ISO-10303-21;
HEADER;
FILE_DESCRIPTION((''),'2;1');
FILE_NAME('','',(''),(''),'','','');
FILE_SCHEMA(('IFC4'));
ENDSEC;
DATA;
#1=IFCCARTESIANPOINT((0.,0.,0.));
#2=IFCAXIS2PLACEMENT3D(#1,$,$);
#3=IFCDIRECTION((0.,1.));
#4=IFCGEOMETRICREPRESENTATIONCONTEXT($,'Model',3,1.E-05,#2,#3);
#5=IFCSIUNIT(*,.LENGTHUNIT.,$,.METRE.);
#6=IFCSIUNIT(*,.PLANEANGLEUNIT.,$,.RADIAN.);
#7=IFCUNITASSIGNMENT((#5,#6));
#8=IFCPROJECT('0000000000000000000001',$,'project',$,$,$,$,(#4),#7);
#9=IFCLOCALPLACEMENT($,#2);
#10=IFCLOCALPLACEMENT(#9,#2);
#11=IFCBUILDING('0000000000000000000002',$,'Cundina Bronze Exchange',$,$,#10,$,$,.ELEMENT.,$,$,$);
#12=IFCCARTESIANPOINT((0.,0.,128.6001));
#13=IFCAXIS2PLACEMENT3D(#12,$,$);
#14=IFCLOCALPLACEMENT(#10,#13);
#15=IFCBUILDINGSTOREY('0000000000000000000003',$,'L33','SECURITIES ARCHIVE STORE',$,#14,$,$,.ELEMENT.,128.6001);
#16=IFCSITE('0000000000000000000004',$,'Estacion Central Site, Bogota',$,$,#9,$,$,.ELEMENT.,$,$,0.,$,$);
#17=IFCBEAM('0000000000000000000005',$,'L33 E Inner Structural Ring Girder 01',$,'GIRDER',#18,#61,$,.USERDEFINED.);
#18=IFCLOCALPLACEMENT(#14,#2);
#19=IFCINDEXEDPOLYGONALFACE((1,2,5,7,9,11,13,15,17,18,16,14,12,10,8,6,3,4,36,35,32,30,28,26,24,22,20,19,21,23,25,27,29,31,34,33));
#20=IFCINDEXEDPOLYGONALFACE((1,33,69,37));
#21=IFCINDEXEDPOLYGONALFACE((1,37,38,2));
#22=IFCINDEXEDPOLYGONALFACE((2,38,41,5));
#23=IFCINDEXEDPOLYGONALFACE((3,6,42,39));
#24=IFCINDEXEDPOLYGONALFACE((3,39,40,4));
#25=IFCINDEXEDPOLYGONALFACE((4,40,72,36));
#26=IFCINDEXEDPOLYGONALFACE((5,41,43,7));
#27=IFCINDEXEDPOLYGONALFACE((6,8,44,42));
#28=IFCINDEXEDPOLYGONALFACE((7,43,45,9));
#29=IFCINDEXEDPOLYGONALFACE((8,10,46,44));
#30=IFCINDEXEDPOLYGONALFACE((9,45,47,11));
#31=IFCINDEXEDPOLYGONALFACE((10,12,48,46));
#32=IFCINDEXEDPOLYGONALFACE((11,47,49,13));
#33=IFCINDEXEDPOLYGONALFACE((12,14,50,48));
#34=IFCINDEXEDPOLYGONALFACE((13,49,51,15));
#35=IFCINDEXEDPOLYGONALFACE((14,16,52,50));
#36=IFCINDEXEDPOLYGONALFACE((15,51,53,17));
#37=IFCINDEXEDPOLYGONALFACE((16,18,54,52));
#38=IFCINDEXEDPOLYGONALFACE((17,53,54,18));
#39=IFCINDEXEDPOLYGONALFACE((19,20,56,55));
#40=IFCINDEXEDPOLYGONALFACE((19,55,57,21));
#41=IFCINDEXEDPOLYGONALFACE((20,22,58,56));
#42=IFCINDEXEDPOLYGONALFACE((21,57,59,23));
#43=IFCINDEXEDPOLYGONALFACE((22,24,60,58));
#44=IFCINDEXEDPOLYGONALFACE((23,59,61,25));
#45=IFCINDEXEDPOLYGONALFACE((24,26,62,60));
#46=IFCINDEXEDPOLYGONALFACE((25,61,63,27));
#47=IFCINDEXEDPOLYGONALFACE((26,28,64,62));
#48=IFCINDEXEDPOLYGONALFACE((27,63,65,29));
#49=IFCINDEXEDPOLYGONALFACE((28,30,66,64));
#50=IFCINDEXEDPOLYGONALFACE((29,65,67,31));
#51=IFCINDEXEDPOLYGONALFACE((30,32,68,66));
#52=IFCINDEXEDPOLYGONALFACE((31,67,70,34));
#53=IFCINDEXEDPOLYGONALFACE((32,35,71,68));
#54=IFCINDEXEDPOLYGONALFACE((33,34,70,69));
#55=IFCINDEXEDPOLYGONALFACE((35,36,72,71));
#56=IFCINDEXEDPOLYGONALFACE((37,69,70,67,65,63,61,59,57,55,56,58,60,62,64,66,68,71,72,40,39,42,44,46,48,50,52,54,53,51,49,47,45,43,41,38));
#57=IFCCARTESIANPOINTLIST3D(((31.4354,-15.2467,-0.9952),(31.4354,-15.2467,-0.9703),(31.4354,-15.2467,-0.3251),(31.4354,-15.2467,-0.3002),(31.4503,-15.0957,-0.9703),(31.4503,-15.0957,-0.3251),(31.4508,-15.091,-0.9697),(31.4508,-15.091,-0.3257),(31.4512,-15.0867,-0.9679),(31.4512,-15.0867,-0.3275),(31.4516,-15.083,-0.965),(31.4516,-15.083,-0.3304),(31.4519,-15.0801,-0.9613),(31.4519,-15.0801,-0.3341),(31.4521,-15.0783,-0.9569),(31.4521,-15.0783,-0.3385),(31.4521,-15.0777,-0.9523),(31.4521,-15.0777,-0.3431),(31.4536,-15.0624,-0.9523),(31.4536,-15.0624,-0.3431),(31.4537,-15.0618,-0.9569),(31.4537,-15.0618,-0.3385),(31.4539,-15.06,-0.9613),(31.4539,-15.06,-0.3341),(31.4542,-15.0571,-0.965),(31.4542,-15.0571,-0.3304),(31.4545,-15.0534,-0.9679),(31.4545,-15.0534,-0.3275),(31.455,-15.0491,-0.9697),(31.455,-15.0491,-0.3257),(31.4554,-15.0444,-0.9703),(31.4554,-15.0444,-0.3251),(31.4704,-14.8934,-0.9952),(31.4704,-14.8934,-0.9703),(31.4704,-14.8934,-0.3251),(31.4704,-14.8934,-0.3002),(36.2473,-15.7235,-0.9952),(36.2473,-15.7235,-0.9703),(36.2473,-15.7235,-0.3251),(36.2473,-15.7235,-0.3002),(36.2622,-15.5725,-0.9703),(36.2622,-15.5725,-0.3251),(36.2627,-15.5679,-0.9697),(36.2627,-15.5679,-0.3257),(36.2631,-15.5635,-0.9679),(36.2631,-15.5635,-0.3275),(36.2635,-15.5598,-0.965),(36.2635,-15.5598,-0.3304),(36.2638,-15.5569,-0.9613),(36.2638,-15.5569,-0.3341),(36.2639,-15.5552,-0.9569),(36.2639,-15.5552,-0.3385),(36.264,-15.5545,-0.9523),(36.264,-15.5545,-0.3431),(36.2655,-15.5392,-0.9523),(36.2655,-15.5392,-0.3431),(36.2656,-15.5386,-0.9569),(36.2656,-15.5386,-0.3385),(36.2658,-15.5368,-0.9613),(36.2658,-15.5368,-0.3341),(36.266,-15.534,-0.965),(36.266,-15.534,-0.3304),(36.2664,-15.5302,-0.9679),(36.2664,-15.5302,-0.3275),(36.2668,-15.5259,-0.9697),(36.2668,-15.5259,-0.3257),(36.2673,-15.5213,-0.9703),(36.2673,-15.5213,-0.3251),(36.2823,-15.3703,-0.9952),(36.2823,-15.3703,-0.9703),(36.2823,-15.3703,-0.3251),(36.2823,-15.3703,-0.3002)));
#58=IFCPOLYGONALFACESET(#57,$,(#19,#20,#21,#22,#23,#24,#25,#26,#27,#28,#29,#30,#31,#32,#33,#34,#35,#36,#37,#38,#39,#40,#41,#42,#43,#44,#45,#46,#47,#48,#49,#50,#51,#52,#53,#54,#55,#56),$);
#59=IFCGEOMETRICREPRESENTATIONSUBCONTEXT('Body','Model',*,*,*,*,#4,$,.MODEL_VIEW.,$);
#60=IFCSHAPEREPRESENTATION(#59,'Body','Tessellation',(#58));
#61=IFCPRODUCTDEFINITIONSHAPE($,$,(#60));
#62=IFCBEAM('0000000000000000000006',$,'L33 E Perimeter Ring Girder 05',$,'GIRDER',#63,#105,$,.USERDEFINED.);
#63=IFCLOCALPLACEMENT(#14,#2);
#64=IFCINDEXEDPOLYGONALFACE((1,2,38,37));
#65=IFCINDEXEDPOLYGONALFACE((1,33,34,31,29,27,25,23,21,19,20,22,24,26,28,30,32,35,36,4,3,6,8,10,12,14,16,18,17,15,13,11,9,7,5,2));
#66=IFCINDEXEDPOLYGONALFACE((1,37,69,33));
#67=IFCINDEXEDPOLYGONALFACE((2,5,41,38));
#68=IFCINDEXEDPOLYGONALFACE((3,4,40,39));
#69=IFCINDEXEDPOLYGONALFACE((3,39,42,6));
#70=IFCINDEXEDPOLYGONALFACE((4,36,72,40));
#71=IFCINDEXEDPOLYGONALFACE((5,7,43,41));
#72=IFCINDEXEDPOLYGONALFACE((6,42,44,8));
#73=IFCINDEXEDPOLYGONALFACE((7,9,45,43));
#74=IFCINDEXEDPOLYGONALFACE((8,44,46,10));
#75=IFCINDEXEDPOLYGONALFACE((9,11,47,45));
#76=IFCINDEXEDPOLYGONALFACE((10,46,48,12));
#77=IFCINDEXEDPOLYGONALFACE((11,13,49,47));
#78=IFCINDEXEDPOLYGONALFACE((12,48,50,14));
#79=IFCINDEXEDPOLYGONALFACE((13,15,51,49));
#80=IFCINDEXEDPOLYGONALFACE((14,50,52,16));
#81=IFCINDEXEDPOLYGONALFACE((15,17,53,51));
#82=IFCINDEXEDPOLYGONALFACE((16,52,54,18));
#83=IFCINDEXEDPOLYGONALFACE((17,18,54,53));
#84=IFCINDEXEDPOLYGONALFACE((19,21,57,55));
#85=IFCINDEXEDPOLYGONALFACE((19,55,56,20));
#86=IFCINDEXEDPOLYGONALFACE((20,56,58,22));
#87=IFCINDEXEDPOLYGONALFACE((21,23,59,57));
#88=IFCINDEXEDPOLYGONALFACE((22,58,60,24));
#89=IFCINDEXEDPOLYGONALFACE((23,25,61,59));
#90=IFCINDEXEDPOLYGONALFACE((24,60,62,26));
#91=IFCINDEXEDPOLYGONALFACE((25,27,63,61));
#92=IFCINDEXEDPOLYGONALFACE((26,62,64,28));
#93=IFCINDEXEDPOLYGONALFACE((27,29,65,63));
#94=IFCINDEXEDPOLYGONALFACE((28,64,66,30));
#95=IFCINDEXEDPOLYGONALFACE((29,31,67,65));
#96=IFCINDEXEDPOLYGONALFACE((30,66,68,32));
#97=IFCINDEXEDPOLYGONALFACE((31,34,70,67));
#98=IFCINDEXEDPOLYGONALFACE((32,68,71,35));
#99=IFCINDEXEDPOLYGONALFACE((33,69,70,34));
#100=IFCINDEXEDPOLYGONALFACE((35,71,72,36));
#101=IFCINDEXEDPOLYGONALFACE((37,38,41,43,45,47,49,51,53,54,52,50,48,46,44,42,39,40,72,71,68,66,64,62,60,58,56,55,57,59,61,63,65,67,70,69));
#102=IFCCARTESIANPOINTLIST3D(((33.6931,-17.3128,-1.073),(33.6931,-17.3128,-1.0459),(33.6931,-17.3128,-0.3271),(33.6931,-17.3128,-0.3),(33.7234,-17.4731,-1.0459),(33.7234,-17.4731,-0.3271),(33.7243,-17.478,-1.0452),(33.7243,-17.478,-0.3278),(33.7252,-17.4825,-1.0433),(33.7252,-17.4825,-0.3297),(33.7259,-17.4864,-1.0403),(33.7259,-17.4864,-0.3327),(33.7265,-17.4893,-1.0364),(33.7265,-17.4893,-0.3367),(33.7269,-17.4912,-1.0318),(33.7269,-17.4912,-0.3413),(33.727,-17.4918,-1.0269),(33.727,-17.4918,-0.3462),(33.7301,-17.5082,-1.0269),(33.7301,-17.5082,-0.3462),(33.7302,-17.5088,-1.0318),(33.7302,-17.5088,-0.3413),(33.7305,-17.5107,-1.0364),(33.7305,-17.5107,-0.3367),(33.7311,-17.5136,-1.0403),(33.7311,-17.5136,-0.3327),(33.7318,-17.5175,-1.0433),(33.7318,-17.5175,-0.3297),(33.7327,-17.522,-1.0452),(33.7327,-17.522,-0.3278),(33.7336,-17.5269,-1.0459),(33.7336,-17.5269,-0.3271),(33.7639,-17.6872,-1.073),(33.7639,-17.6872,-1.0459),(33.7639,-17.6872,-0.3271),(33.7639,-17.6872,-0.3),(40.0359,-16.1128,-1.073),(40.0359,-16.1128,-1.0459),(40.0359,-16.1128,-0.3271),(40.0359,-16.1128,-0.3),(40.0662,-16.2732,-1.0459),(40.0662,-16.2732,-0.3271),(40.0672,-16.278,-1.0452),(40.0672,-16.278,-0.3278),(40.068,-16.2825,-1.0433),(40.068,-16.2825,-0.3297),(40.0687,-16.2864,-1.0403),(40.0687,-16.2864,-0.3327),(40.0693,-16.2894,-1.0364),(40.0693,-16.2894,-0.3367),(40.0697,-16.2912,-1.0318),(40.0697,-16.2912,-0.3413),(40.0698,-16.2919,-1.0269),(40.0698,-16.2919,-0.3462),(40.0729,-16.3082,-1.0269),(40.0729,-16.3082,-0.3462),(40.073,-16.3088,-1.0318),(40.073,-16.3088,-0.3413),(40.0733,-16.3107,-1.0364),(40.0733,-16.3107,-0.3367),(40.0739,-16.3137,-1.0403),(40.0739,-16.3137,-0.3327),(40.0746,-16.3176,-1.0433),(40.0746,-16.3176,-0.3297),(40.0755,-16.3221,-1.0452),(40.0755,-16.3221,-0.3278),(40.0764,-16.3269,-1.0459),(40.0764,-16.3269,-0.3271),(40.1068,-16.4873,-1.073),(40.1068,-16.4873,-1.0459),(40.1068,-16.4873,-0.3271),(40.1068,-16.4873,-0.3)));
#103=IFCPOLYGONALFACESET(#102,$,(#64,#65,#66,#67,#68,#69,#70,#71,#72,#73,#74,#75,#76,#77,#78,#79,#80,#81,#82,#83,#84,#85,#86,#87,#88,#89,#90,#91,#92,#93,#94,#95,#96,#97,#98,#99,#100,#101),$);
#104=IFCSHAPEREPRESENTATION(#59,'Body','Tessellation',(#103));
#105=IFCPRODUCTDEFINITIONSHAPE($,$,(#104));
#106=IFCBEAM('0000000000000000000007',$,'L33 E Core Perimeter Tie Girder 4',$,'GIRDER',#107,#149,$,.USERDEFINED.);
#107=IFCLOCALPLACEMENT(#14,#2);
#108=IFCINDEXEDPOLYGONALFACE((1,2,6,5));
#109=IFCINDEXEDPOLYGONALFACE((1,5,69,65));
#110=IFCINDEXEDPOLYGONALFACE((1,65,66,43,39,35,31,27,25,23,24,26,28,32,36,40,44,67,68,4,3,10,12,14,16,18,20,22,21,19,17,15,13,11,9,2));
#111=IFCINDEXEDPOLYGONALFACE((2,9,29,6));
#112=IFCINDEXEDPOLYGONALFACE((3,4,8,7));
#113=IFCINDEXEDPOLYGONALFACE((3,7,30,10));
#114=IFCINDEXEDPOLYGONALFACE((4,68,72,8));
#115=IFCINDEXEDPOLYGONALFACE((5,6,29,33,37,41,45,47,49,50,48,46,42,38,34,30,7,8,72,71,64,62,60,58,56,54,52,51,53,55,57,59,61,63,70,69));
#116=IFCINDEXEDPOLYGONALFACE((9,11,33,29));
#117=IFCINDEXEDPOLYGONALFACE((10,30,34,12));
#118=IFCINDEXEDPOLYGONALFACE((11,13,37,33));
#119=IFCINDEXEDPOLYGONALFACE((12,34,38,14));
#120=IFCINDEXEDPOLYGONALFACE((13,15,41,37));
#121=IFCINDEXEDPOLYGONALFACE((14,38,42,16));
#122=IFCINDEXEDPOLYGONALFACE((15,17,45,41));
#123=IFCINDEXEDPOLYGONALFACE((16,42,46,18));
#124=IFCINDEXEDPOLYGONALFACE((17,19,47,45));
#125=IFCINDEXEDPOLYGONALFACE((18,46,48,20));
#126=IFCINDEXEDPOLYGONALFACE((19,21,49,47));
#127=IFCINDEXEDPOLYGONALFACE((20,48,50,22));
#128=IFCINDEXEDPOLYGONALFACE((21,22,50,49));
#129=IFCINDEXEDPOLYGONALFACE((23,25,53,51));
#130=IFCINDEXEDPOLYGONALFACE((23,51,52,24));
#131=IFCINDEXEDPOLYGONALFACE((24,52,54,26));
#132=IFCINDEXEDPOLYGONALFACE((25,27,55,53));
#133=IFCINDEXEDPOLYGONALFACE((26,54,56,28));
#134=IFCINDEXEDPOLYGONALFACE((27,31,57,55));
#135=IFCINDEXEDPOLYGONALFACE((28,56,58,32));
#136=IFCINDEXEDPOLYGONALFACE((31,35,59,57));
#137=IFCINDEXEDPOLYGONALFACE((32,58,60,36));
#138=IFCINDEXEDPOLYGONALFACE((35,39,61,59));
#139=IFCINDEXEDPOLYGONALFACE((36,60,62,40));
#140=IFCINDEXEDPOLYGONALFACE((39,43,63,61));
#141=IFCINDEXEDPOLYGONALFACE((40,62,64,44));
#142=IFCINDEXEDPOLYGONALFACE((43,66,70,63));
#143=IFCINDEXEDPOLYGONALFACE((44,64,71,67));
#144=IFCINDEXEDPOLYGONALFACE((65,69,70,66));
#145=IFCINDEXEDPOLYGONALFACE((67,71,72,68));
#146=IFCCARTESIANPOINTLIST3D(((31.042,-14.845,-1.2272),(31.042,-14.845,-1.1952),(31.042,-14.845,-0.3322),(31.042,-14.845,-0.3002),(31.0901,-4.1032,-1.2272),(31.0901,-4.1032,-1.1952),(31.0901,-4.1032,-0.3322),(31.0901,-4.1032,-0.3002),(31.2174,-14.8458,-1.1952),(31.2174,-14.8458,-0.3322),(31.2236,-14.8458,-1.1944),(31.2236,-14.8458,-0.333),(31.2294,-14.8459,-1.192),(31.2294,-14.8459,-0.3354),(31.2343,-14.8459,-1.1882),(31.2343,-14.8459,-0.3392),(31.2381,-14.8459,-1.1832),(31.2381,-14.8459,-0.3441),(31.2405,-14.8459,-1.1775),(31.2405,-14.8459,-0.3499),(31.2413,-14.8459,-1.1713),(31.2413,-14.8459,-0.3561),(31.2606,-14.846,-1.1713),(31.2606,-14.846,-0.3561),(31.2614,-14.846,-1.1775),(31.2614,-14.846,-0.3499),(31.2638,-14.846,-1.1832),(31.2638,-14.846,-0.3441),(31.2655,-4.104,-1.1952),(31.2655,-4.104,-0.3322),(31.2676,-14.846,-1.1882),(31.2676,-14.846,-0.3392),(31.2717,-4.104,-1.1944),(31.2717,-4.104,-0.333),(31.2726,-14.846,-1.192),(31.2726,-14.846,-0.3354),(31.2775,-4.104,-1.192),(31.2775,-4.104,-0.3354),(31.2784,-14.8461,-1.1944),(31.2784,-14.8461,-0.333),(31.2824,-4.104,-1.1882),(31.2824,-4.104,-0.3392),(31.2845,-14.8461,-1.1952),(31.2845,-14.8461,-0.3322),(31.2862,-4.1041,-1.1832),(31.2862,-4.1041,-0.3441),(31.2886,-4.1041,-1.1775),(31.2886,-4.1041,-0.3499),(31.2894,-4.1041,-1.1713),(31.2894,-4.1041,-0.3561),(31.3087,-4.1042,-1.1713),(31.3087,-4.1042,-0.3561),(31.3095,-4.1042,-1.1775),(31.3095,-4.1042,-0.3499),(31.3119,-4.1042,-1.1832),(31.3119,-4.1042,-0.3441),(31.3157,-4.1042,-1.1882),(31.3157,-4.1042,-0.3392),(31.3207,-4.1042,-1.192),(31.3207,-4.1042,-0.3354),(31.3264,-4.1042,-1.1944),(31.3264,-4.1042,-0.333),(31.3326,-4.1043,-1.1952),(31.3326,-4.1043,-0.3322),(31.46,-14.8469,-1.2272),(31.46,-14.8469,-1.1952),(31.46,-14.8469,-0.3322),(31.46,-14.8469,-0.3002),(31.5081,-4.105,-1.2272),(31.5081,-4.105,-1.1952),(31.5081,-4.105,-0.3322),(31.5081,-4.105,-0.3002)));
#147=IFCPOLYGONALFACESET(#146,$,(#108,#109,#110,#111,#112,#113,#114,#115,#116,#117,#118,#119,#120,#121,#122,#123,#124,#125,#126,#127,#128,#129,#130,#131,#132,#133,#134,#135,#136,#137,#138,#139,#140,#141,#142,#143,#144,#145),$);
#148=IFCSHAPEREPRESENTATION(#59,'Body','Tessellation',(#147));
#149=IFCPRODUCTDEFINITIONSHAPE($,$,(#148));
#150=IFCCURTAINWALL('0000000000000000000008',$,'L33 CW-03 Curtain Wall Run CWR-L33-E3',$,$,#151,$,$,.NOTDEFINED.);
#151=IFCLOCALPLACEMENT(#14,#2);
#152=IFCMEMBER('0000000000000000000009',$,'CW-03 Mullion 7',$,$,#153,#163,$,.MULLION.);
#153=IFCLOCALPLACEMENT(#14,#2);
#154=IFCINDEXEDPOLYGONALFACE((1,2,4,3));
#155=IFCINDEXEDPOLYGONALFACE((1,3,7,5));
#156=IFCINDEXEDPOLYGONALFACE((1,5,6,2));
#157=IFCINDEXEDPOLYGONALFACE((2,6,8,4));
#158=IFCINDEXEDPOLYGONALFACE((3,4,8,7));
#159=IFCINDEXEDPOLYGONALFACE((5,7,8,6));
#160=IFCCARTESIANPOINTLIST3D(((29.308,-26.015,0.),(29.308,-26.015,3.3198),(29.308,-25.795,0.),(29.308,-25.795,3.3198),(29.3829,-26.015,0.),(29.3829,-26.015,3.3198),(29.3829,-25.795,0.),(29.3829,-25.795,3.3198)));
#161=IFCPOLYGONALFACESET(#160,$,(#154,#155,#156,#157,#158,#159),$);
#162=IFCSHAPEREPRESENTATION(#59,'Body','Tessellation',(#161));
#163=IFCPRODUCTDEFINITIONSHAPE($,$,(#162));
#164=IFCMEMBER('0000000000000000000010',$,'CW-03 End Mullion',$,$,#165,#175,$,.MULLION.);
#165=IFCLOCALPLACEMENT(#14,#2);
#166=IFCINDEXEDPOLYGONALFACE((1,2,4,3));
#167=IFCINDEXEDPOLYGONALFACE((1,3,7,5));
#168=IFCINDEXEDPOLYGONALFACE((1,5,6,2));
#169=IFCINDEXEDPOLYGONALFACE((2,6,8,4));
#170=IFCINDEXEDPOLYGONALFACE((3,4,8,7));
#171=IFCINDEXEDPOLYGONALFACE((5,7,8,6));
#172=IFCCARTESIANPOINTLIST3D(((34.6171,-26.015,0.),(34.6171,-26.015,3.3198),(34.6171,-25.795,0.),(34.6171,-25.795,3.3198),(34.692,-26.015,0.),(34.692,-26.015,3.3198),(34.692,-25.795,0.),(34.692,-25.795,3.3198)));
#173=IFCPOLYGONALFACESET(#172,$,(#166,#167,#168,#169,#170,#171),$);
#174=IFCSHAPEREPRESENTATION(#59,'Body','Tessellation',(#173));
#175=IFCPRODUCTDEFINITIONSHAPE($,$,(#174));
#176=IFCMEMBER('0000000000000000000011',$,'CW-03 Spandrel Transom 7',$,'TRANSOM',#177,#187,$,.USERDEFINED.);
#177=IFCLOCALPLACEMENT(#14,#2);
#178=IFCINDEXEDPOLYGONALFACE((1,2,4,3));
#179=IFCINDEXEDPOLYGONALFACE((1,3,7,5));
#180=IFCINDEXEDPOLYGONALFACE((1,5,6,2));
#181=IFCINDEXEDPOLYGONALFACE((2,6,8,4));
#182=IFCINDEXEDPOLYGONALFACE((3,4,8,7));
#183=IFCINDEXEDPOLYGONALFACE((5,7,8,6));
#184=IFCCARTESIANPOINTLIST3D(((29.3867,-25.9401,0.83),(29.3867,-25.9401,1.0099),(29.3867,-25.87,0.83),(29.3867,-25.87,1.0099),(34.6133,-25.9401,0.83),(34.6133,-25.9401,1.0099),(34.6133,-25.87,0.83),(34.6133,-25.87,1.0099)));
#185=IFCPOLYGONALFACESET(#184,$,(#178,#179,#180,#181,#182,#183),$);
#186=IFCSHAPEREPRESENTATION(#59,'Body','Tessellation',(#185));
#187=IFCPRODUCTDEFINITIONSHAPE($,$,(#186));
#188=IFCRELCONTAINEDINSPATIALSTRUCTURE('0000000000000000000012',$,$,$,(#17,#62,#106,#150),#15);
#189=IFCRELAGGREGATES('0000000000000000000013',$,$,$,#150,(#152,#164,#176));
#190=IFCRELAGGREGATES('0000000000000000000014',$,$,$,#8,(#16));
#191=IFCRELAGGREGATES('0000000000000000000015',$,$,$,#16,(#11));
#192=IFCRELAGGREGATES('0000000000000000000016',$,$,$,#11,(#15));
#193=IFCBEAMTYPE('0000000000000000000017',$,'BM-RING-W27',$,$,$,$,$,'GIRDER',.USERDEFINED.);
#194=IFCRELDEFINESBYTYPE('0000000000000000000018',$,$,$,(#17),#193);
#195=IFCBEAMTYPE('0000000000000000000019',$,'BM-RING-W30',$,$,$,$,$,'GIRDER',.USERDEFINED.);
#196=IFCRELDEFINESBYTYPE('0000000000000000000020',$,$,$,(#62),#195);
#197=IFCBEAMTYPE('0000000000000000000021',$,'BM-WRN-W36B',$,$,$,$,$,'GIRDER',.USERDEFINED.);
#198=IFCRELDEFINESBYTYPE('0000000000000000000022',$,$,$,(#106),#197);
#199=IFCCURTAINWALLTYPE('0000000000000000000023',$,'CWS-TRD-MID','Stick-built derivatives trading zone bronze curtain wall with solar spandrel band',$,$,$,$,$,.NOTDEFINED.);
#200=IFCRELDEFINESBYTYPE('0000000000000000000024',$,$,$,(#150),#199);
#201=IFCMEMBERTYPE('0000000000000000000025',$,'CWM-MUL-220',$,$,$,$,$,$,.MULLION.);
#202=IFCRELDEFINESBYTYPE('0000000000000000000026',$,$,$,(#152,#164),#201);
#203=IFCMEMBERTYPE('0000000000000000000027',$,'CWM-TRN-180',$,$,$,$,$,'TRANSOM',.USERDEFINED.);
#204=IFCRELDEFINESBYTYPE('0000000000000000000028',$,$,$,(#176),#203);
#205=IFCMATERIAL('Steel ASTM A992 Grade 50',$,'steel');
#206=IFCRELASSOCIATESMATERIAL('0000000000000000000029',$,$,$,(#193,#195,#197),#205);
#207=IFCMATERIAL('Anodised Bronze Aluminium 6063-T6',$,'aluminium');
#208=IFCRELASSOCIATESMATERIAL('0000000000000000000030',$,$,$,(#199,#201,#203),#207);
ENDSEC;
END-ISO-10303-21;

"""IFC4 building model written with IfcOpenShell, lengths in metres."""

from ifc_helpers import new_model, si_unit, direction, frame, origin, origin_2d, place, context, subcontext, project, spatial, rectangle, i_section, extrude, material, material_profile, profile_set, type_object, element, aggregate, save


model = new_model("IFC4")

# Units and contexts
model_context = context("Model", 3, precision=1e-05, world=origin(), true_north=direction((0.0, 1.0)))
body_context = subcontext(model_context, "Body", "Model", "MODEL_VIEW")
ifc_project = project(units=[si_unit("LENGTHUNIT", "METRE"), si_unit("PLANEANGLEUNIT", "RADIAN")], contexts=[model_context])

# Site, building, storey
site_placement = place(None, origin())
site = spatial("IfcSite", under=ifc_project, at=site_placement, Name="Estacion Central Site, Bogota", CompositionType="ELEMENT", RefElevation=0.0)
building_placement = place(site_placement, origin())
building = spatial("IfcBuilding", under=site, at=building_placement, Name="Cundina Bronze Exchange", CompositionType="ELEMENT")
storey_placement = place(building_placement, frame((0.0, 0.0, 128.6001)))
storey = spatial("IfcBuildingStorey", under=building, at=storey_placement, Name="L33", Description="SECURITIES ARCHIVE STORE", CompositionType="ELEMENT", Elevation=128.6001)

# Shared definitions
ifc_material_1 = material(Name="Steel ASTM A992 Grade 50", Category="steel")

# Beams
ifc_material_profile_1 = material_profile(ifc_material_1, i_section(OverallWidth=0.355, OverallDepth=0.6951, WebThickness=0.0154, FlangeThickness=0.0249, FilletRadius=0.0181, at=origin_2d()), Name="W27X146", Category="steel")
ifc_profile_set_1 = profile_set([ifc_material_profile_1], Name="Steel ASTM A992 Grade 50")
beam_type_1 = type_object("IfcBeamType", Name="BM-RING-W27", ElementType="GIRDER", PredefinedType="USERDEFINED", material=ifc_profile_set_1)
beam_1_placement = place(storey_placement, frame((31.4529, -15.0701, -0.6477), z_axis=(0.995126, -0.098609, 0.0), x_axis=(0.098609, 0.995126, 0.0)))
element("IfcBeam", 1, at=beam_1_placement, inside=storey, type_object=beam_type_1, Name="L33 E Inner Structural Ring Girder 01", ObjectType="GIRDER", PredefinedType="USERDEFINED", context=body_context, shape_type="SweptSolid", body=[
    extrude(i_section(OverallWidth=0.355, OverallDepth=0.6951, WebThickness=0.0154, FlangeThickness=0.0249, FilletRadius=0.0181, at=origin_2d()), origin(), (0.0, 0.0, 1.0), 4.8354),
])
ifc_material_profile_2 = material_profile(ifc_material_1, i_section(OverallWidth=0.3811, OverallDepth=0.7729, WebThickness=0.0166, FlangeThickness=0.0271, FilletRadius=0.019, at=origin_2d()), Name="W30X173", Category="steel")
ifc_profile_set_2 = profile_set([ifc_material_profile_2], Name="Steel ASTM A992 Grade 50")
beam_type_2 = type_object("IfcBeamType", Name="BM-RING-W30", ElementType="GIRDER", PredefinedType="USERDEFINED", material=ifc_profile_set_2)
beam_2_placement = place(storey_placement, frame((33.7285, -17.5, -0.6865), z_axis=(0.982571, 0.185887, 0.0), x_axis=(-0.185887, 0.982571, 0.0)))
element("IfcBeam", 2, at=beam_2_placement, inside=storey, type_object=beam_type_2, Name="L33 E Perimeter Ring Girder 05", ObjectType="GIRDER", PredefinedType="USERDEFINED", context=body_context, shape_type="SweptSolid", body=[
    extrude(i_section(OverallWidth=0.3811, OverallDepth=0.7729, WebThickness=0.0166, FlangeThickness=0.0271, FilletRadius=0.019, at=origin_2d()), origin(), (0.0, 0.0, 1.0), 6.4553),
])
ifc_material_profile_3 = material_profile(ifc_material_1, i_section(OverallWidth=0.418, OverallDepth=0.927, WebThickness=0.0193, FlangeThickness=0.032, FilletRadius=0.0239, at=origin_2d()), Name="W36X231", Category="steel")
ifc_profile_set_3 = profile_set([ifc_material_profile_3], Name="Steel ASTM A992 Grade 50")
beam_type_3 = type_object("IfcBeamType", Name="BM-WRN-W36B", ElementType="GIRDER", PredefinedType="USERDEFINED", material=ifc_profile_set_3)
beam_3_placement = place(storey_placement, frame((31.251, -14.8459, -0.7637), z_axis=(0.004477, 0.99999, 0.0), x_axis=(-0.99999, 0.004477, 0.0)))
element("IfcBeam", 3, at=beam_3_placement, inside=storey, type_object=beam_type_3, Name="L33 E Core Perimeter Tie Girder 4", ObjectType="GIRDER", PredefinedType="USERDEFINED", context=body_context, shape_type="SweptSolid", body=[
    extrude(i_section(OverallWidth=0.418, OverallDepth=0.927, WebThickness=0.0193, FlangeThickness=0.032, FilletRadius=0.0239, at=origin_2d()), origin(), (0.0, 0.0, 1.0), 10.7419),
])

# Curtain wall, members
ifc_material_2 = material(Name="Anodised Bronze Aluminium 6063-T6", Category="aluminium")
curtain_wall_type = type_object("IfcCurtainWallType", Name="CWS-TRD-MID", Description="Stick-built derivatives trading zone bronze curtain wall with solar spandrel band", PredefinedType="NOTDEFINED", material=ifc_material_2)
curtain_wall_placement = place(storey_placement, origin())
curtain_wall = element("IfcCurtainWall", 4, at=curtain_wall_placement, inside=storey, type_object=curtain_wall_type, Name="L33 CW-03 Curtain Wall Run CWR-L33-E3", PredefinedType="NOTDEFINED")
ifc_material_profile_4 = material_profile(ifc_material_2, rectangle(XDim=0.075, YDim=0.22, at=origin_2d()), Name="AL75X220", Category="aluminium")
ifc_profile_set_4 = profile_set([ifc_material_profile_4], Name="Anodised Bronze Aluminium 6063-T6")
member_type_1 = type_object("IfcMemberType", Name="CWM-MUL-220", PredefinedType="MULLION", material=ifc_profile_set_4)
member_1_placement = place(storey_placement, frame((29.3455, -25.905, 0.0), z_axis=(0.0, 0.0, 1.0), x_axis=(1.0, 0.0, 0.0)))
member_1 = element("IfcMember", 5, at=member_1_placement, type_object=member_type_1, Name="CW-03 Mullion 7", PredefinedType="MULLION", context=body_context, shape_type="SweptSolid", body=[
    extrude(rectangle(XDim=0.075, YDim=0.22, at=origin_2d()), origin(), (0.0, 0.0, 1.0), 3.3198),
])
member_2_placement = place(storey_placement, frame((34.6545, -25.905, 0.0), z_axis=(0.0, 0.0, 1.0), x_axis=(1.0, 0.0, 0.0)))
member_2 = element("IfcMember", 6, at=member_2_placement, type_object=member_type_1, Name="CW-03 End Mullion", PredefinedType="MULLION", context=body_context, shape_type="SweptSolid", body=[
    extrude(rectangle(XDim=0.075, YDim=0.22, at=origin_2d()), origin(), (0.0, 0.0, 1.0), 3.3198),
])
ifc_material_profile_5 = material_profile(ifc_material_2, rectangle(XDim=0.0701, YDim=0.1799, at=origin_2d()), Name="AL70X180", Category="aluminium")
ifc_profile_set_5 = profile_set([ifc_material_profile_5], Name="Anodised Bronze Aluminium 6063-T6")
member_type_2 = type_object("IfcMemberType", Name="CWM-TRN-180", ElementType="TRANSOM", PredefinedType="USERDEFINED", material=ifc_profile_set_5)
member_3_placement = place(storey_placement, frame((29.3867, -25.905, 0.9199), z_axis=(1.0, 0.0, 0.0), x_axis=(0.0, 1.0, 0.0)))
member_3 = element("IfcMember", 7, at=member_3_placement, type_object=member_type_2, Name="CW-03 Spandrel Transom 7", ObjectType="TRANSOM", PredefinedType="USERDEFINED", context=body_context, shape_type="SweptSolid", body=[
    extrude(rectangle(XDim=0.0701, YDim=0.1799, at=origin_2d()), origin(), (0.0, 0.0, 1.0), 5.2266),
])
aggregate(curtain_wall, [member_1, member_2, member_3])

save(model, "model.ifc")
